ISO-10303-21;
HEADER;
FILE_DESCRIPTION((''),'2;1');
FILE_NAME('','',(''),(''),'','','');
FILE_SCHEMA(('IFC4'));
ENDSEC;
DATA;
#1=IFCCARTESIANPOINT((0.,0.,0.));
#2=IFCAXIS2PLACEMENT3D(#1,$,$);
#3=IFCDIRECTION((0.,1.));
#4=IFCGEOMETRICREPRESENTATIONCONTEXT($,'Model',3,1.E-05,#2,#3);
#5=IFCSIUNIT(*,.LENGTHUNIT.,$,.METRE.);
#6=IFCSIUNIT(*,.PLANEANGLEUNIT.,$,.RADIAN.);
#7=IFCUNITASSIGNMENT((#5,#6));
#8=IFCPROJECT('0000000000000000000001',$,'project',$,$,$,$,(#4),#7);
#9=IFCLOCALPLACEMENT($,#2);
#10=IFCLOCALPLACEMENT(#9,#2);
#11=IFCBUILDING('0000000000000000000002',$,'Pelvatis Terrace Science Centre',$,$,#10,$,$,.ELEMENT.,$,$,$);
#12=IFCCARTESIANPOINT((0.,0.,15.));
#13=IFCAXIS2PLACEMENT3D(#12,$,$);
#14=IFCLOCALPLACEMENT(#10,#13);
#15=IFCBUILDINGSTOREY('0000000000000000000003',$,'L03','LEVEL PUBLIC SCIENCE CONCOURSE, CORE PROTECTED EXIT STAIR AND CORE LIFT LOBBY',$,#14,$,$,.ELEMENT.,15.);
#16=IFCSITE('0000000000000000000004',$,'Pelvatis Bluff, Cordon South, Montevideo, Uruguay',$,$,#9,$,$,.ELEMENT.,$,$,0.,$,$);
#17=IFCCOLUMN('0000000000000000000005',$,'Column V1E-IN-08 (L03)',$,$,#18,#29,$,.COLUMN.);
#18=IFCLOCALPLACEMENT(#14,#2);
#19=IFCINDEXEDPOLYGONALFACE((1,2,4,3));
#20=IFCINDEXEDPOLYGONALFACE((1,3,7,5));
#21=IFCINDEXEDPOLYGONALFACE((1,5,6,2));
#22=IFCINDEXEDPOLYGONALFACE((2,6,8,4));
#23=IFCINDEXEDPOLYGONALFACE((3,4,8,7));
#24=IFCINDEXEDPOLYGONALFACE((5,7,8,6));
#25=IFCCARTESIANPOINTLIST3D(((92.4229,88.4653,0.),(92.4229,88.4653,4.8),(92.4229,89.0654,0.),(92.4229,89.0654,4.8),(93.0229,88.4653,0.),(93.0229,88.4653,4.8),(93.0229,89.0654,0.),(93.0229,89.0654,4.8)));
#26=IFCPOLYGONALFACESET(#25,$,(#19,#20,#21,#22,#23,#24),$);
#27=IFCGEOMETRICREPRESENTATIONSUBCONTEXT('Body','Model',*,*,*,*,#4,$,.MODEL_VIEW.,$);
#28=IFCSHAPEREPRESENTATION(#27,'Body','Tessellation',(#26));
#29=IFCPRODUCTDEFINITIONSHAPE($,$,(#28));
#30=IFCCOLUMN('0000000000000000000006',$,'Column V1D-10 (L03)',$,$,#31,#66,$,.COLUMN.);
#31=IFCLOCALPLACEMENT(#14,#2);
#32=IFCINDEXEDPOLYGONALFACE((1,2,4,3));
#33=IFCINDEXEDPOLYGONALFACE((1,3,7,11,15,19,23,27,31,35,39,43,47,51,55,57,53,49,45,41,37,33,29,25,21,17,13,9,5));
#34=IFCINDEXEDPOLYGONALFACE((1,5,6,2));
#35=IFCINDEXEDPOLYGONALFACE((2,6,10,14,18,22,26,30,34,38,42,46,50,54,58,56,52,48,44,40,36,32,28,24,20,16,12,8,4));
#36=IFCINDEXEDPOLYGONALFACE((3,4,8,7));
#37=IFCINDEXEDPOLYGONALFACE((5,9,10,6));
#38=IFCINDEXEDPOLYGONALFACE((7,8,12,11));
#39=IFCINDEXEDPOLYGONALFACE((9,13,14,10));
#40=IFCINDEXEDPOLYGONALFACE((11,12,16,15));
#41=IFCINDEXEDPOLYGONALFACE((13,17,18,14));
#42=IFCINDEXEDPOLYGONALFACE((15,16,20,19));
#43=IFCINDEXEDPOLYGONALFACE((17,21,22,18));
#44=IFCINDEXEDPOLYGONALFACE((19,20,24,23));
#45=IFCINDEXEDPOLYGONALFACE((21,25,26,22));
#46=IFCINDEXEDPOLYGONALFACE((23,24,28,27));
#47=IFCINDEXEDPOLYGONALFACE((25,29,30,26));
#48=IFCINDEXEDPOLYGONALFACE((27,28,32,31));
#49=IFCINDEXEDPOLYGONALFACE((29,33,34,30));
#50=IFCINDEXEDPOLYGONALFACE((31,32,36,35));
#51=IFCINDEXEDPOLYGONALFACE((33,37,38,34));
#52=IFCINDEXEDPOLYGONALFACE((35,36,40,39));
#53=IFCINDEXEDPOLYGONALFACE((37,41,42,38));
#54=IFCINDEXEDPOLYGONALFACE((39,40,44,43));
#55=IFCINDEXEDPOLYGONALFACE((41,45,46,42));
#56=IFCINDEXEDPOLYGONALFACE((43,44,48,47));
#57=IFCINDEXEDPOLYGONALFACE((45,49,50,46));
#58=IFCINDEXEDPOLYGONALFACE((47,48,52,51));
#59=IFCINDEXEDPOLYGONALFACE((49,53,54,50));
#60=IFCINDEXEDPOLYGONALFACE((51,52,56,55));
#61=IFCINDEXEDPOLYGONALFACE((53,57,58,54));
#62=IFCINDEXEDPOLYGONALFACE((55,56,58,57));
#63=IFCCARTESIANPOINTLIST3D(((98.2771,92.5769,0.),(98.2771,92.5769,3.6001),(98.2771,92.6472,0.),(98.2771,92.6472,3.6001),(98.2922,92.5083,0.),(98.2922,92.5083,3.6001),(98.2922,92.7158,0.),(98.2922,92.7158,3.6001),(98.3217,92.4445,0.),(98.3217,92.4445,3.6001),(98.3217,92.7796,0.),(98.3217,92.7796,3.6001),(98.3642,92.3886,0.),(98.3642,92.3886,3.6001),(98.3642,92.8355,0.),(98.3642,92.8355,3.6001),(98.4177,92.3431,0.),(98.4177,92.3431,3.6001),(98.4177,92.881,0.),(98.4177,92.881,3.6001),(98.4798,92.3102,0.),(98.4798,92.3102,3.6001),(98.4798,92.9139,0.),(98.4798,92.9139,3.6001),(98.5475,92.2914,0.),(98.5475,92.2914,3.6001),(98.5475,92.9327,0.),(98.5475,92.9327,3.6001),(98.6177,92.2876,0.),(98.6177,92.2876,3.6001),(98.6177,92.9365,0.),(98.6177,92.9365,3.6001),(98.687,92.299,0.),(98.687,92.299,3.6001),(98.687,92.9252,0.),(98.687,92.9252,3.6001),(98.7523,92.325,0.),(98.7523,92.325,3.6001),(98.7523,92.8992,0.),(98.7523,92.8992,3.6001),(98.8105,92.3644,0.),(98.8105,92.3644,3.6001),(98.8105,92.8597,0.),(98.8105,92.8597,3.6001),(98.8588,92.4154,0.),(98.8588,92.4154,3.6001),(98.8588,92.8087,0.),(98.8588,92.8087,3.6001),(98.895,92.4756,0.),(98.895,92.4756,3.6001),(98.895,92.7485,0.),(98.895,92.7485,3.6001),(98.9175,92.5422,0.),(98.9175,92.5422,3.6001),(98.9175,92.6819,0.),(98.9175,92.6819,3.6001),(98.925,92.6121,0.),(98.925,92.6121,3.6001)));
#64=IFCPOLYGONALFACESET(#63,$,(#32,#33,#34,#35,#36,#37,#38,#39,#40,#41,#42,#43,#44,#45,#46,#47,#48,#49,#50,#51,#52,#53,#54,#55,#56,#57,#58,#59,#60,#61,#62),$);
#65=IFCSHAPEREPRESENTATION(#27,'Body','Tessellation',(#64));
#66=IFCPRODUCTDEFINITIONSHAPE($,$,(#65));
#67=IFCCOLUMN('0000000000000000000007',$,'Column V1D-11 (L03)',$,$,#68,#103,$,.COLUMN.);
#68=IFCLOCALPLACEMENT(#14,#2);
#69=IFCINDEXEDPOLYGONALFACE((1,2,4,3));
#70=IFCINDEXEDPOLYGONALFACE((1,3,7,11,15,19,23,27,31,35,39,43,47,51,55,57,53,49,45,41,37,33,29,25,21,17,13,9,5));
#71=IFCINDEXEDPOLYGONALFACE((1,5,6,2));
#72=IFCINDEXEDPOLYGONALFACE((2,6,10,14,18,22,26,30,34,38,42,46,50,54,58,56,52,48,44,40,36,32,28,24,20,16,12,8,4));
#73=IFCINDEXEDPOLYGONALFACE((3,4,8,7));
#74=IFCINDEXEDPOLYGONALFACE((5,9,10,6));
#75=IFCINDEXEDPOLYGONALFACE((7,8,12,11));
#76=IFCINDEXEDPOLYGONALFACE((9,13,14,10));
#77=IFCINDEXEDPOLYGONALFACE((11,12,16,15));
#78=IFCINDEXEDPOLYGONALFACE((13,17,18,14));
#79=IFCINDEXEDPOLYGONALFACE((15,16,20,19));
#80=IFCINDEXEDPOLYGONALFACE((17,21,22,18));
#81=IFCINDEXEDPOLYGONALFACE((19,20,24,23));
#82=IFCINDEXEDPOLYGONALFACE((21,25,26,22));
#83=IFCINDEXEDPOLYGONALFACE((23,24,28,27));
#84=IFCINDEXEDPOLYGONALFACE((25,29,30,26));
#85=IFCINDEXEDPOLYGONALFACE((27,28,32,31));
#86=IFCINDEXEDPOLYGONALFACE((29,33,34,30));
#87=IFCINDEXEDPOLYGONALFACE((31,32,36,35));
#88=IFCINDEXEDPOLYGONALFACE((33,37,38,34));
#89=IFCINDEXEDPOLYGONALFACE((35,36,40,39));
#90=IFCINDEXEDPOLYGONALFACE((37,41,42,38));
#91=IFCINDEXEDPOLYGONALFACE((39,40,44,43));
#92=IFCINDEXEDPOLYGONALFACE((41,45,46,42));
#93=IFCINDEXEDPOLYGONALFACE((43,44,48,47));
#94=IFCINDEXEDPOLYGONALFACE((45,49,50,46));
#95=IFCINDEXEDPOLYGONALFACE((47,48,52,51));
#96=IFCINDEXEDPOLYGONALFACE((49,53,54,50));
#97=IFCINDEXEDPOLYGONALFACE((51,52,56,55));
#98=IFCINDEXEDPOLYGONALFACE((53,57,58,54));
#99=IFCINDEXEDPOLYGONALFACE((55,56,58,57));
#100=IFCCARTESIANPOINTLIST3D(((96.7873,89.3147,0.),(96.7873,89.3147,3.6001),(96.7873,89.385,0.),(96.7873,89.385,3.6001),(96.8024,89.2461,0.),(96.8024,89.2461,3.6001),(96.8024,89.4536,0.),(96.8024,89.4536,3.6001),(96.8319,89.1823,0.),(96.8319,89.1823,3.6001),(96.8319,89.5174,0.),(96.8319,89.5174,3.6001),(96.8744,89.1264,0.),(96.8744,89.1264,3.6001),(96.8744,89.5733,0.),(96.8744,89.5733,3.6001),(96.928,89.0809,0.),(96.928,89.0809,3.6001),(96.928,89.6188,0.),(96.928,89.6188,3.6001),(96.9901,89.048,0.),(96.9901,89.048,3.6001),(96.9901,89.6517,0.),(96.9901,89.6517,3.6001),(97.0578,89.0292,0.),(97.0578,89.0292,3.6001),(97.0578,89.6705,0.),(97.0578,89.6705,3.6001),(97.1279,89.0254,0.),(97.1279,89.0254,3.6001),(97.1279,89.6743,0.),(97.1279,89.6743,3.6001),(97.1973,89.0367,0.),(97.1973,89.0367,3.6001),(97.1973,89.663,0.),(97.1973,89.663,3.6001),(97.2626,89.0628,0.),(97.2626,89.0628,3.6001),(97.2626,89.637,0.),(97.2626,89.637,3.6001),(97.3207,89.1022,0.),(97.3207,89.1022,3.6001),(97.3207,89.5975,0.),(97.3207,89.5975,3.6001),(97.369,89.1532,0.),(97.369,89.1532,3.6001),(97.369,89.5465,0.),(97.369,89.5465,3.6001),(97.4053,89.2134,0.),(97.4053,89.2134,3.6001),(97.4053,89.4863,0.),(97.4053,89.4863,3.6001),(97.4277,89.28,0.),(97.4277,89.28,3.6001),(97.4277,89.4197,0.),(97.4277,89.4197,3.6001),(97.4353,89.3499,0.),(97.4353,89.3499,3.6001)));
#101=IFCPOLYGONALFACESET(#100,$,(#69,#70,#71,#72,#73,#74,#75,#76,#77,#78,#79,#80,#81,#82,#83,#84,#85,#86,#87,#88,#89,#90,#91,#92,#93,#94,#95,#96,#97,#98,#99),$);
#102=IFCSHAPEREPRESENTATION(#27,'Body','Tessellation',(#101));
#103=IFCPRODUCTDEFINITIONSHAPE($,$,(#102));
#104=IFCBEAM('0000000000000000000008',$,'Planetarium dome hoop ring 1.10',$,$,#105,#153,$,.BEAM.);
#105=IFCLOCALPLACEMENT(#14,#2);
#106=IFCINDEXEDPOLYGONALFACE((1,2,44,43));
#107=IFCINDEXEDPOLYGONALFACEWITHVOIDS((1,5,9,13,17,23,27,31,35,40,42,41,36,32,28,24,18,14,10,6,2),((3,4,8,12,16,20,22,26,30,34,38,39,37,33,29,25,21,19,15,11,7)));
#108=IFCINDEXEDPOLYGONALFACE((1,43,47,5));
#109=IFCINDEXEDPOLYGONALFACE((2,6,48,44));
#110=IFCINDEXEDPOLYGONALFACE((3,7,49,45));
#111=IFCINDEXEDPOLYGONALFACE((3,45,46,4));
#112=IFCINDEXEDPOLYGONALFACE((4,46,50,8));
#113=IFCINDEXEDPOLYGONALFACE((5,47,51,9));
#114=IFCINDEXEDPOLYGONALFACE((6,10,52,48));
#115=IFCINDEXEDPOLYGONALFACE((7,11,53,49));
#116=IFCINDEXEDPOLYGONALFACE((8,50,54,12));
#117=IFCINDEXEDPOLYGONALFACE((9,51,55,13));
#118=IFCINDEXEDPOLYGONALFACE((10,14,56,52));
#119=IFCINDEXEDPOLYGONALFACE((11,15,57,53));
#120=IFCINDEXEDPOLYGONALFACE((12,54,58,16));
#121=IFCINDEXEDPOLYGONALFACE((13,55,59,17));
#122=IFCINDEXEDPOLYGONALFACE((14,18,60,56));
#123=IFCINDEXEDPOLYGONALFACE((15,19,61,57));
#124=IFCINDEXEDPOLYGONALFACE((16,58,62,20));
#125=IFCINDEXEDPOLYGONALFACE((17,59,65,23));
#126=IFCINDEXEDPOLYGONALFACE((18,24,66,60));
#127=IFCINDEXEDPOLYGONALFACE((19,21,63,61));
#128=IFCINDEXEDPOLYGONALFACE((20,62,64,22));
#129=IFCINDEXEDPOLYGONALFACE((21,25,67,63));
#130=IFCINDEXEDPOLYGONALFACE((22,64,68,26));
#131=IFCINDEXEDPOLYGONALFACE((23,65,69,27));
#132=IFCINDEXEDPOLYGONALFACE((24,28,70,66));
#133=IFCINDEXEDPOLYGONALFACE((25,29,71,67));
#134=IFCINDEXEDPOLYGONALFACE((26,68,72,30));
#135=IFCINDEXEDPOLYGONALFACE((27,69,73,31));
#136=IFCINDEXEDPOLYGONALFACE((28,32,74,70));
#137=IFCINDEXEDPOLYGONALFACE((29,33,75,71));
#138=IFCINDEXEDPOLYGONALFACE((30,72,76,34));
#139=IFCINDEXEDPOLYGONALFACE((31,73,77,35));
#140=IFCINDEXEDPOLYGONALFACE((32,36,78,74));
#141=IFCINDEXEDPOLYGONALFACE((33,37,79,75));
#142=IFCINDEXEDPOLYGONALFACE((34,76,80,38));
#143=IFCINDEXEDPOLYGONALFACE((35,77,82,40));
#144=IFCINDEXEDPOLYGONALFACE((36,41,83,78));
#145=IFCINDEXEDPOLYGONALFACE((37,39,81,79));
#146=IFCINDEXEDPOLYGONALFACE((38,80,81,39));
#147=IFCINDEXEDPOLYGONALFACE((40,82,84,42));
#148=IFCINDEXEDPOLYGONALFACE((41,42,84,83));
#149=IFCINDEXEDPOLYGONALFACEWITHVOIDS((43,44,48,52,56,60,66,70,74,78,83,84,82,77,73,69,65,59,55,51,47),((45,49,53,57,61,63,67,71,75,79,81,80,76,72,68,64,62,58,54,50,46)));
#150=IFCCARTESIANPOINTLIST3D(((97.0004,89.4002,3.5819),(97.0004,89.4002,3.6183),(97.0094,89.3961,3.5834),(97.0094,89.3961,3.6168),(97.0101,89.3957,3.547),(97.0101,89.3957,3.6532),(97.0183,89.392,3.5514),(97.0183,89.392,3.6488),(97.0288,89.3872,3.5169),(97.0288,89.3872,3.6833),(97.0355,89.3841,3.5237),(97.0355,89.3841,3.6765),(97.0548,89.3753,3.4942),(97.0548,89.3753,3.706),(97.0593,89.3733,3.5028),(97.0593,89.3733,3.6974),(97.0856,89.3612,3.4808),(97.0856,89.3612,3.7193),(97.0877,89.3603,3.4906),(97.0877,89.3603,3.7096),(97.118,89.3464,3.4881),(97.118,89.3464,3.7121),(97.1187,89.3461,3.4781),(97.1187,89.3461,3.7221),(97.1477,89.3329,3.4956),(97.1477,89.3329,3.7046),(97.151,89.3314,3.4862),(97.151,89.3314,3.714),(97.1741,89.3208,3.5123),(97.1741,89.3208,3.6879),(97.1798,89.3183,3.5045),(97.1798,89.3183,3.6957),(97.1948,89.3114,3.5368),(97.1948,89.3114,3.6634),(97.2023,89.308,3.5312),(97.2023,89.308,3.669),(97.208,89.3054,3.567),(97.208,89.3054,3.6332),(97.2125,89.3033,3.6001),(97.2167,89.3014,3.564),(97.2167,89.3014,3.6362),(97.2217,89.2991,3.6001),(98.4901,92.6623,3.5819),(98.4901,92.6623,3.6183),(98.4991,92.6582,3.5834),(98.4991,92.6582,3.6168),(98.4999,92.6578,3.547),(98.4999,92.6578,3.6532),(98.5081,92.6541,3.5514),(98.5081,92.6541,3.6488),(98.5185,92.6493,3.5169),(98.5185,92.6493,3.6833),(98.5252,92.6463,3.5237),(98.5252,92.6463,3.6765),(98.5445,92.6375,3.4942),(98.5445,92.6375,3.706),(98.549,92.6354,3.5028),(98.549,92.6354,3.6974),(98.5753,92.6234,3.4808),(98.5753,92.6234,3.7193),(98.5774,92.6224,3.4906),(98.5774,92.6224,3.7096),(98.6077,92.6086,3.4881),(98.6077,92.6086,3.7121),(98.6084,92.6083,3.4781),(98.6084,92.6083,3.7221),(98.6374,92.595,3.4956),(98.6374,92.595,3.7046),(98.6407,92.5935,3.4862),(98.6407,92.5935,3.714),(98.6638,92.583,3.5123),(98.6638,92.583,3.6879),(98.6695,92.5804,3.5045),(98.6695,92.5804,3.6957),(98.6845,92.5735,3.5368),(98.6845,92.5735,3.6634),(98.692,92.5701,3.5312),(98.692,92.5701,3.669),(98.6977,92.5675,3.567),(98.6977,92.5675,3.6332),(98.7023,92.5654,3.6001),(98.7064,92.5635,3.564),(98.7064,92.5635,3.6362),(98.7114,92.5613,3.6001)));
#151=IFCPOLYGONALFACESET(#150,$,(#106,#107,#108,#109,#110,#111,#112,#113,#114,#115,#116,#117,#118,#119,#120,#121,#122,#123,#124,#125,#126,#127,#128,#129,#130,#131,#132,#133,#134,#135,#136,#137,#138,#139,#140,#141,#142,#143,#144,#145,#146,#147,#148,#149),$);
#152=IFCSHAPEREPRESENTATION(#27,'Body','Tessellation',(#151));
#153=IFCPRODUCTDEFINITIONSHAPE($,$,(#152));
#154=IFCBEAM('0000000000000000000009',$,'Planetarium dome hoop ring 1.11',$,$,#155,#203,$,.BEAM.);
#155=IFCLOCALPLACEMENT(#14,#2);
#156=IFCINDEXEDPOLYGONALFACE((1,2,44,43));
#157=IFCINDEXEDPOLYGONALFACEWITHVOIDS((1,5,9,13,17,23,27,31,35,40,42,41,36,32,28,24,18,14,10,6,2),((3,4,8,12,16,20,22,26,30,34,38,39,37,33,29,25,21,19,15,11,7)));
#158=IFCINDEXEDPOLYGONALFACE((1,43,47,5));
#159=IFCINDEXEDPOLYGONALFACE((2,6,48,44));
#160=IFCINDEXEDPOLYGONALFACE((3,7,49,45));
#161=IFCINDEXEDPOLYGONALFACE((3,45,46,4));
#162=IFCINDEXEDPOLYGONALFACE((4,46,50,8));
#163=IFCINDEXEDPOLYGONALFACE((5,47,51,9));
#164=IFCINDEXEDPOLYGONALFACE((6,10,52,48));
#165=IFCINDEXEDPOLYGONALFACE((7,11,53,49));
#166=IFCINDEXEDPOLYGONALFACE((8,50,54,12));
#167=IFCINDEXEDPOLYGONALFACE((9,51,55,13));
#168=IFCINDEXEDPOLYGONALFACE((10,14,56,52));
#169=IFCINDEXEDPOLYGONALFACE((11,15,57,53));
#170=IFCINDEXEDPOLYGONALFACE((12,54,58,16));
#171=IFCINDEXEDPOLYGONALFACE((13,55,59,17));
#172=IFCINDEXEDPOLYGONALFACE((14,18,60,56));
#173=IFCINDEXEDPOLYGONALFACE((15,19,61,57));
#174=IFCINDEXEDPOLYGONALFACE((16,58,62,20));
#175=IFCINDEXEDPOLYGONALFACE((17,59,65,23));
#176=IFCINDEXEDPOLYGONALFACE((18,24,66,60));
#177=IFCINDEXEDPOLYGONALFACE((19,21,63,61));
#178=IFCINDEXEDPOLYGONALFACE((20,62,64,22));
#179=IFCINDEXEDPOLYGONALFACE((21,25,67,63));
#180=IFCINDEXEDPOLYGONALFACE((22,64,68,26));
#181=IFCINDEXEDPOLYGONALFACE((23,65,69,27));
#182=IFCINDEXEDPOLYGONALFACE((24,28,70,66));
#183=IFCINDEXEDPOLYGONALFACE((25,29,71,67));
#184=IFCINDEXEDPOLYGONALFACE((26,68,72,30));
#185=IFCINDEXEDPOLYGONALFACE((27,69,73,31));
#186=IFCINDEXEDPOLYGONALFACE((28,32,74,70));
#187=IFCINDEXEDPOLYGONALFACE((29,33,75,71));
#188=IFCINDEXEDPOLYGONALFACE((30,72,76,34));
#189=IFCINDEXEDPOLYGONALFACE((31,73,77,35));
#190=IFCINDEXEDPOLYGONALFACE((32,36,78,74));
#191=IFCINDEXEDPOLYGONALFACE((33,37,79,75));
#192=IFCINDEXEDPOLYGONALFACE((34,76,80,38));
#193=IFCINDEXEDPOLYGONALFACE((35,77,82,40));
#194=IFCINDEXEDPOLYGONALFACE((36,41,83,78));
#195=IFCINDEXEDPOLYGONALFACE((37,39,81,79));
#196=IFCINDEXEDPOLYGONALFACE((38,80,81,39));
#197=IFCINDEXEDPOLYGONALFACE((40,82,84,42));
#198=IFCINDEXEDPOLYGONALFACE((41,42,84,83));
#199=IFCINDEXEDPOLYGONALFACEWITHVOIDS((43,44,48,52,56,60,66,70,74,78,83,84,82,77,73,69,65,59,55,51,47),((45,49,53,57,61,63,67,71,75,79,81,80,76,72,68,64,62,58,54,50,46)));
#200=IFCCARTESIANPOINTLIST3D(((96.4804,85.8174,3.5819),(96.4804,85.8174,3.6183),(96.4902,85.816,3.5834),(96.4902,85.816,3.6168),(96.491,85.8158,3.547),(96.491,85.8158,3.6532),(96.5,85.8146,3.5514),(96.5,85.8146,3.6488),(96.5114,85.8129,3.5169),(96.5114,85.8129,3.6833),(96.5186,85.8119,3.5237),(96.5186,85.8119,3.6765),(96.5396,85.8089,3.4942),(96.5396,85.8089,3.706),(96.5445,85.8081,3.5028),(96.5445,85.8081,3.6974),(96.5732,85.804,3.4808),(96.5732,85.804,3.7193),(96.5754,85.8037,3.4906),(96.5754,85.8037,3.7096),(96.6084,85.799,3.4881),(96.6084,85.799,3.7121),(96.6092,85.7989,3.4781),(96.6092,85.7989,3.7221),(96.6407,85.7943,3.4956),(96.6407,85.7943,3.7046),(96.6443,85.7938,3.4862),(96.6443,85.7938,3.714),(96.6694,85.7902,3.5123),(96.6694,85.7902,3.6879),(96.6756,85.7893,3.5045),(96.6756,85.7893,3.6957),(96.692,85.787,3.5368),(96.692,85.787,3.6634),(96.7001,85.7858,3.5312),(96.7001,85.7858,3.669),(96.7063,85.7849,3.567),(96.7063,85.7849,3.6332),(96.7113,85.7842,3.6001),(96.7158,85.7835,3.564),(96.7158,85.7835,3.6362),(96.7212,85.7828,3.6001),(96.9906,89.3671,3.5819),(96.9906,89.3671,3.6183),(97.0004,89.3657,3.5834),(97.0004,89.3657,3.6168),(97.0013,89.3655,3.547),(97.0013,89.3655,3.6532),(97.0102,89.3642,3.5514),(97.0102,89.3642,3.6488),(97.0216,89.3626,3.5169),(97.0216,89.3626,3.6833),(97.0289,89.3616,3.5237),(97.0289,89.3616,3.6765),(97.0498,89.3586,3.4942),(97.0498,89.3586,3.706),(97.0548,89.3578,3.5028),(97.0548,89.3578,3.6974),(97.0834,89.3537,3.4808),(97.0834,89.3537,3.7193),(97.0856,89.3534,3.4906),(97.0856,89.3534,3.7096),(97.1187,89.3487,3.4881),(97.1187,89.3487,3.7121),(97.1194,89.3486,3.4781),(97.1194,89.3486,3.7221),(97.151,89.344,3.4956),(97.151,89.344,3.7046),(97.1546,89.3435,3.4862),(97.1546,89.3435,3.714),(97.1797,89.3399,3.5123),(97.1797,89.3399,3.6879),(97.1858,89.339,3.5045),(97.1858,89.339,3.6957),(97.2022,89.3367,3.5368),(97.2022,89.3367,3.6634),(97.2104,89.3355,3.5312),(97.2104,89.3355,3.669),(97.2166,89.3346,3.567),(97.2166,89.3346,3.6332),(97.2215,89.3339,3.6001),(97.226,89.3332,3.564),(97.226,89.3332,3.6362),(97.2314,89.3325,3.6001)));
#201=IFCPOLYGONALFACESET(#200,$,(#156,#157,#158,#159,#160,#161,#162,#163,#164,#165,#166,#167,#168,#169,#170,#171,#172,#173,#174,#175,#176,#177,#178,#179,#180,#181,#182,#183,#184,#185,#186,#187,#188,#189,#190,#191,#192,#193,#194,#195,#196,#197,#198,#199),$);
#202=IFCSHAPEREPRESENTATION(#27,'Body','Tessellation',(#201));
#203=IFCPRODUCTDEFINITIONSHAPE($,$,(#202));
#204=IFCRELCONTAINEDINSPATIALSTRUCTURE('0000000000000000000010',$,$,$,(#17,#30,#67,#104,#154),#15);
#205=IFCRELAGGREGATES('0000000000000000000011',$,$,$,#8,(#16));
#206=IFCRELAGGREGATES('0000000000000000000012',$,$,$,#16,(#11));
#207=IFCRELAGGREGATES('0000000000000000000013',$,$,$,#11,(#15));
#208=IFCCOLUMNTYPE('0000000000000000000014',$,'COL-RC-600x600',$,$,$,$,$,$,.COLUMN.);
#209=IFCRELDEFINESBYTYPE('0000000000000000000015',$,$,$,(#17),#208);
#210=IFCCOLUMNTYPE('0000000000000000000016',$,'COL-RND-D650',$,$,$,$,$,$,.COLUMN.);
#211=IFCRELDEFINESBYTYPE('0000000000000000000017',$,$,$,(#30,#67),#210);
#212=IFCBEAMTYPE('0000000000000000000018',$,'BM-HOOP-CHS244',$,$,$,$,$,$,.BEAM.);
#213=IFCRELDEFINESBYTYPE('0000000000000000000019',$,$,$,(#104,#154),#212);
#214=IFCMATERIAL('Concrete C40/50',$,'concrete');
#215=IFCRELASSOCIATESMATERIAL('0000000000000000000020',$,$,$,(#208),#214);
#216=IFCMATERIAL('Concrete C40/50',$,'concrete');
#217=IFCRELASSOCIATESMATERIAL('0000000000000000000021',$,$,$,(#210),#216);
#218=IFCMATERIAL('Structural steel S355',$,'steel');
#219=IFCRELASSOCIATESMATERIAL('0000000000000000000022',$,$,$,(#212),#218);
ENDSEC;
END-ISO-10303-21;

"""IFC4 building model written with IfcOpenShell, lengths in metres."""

from ifc_helpers import new_model, si_unit, direction, frame, origin, origin_2d, place, context, subcontext, project, spatial, rectangle, circle, hollow_circle, extrude, material, material_profile, profile_set, type_object, element, save


model = new_model("IFC4")

# Units and contexts
model_context = context("Model", 3, precision=1e-05, world=origin(), true_north=direction((0.0, 1.0)))
body_context = subcontext(model_context, "Body", "Model", "MODEL_VIEW")
ifc_project = project(units=[si_unit("LENGTHUNIT", "METRE"), si_unit("PLANEANGLEUNIT", "RADIAN")], contexts=[model_context])

# Site, building, storey
site_placement = place(None, origin())
site = spatial("IfcSite", under=ifc_project, at=site_placement, Name="Pelvatis Bluff, Cordon South, Montevideo, Uruguay", CompositionType="ELEMENT", RefElevation=0.0)
building_placement = place(site_placement, origin())
building = spatial("IfcBuilding", under=site, at=building_placement, Name="Pelvatis Terrace Science Centre", CompositionType="ELEMENT")
storey_placement = place(building_placement, frame((0.0, 0.0, 15.0)))
storey = spatial("IfcBuildingStorey", under=building, at=storey_placement, Name="L03", Description="LEVEL PUBLIC SCIENCE CONCOURSE, CORE PROTECTED EXIT STAIR AND CORE LIFT LOBBY", CompositionType="ELEMENT", Elevation=15.0)

# Columns
ifc_material_1 = material(Name="Concrete C40/50", Category="concrete")
ifc_material_profile_1 = material_profile(ifc_material_1, rectangle(XDim=0.6001, YDim=0.6001, at=origin_2d()), Name="RC-COL 600x600")
ifc_profile_set_1 = profile_set([ifc_material_profile_1], Name="Concrete C40/50")
column_type_1 = type_object("IfcColumnType", Name="COL-RC-600x600", PredefinedType="COLUMN", material=ifc_profile_set_1)
column_placement = place(storey_placement, frame((92.7229, 88.7654, 0.0), z_axis=(0.0, 0.0, 1.0), x_axis=(1.0, 0.0, 0.0)))
element("IfcColumn", 1, at=column_placement, inside=storey, type_object=column_type_1, Name="Column V1E-IN-08 (L03)", PredefinedType="COLUMN", context=body_context, shape_type="SweptSolid", body=[
    extrude(rectangle(XDim=0.6001, YDim=0.6001, at=origin_2d()), origin(), (0.0, 0.0, 1.0), 4.8),
])
ifc_material_2 = material(Name="Concrete C40/50", Category="concrete")
ifc_material_profile_2 = material_profile(ifc_material_2, circle(Radius=0.325, at=origin_2d()), Name="RC-RCOL D650")
ifc_profile_set_2 = profile_set([ifc_material_profile_2], Name="Concrete C40/50")
column_type_2 = type_object("IfcColumnType", Name="COL-RND-D650", PredefinedType="COLUMN", material=ifc_profile_set_2)
for number, where, z_axis, x_axis, name in (
    (2, (98.6001, 92.6121, 0.0), (0.0, 0.0, 1.0), (1.0, 0.0, 0.0), "Column V1D-10 (L03)"),
    (3, (97.1104, 89.3499, 0.0), (0.0, 0.0, 1.0), (1.0, 0.0, 0.0), "Column V1D-11 (L03)"),
):
    element("IfcColumn", number, at=place(storey_placement, frame(where, z_axis=z_axis, x_axis=x_axis)), inside=storey, type_object=column_type_2, Name=name, PredefinedType="COLUMN", context=body_context, shape_type="SweptSolid", body=[
        extrude(circle(Radius=0.325, at=origin_2d()), origin(), (0.0, 0.0, 1.0), 3.6001),
    ])

# Beams
ifc_material_3 = material(Name="Structural steel S355", Category="steel")
ifc_material_profile_3 = material_profile(ifc_material_3, hollow_circle(Radius=0.1223, WallThickness=0.01, at=origin_2d()), Name="CHS 244.5x10.0")
ifc_profile_set_3 = profile_set([ifc_material_profile_3], Name="Structural steel S355")
beam_type_1 = type_object("IfcBeamType", Name="BM-HOOP-CHS244", PredefinedType="BEAM", material=ifc_profile_set_3)
for number, where, z_axis, x_axis, name in (
    (4, (98.6001, 92.6121, 3.6001), (-0.415403, -0.909638, 0.0), (0.909638, -0.415403, 0.0), "Planetarium dome hoop ring 1.10"),
    (5, (97.1104, 89.3499, 3.6001), (-0.142279, -0.989827, 0.0), (0.989827, -0.142279, 0.0), "Planetarium dome hoop ring 1.11"),
):
    element("IfcBeam", number, at=place(storey_placement, frame(where, z_axis=z_axis, x_axis=x_axis)), inside=storey, type_object=beam_type_1, Name=name, PredefinedType="BEAM", context=body_context, shape_type="SweptSolid", body=[
        extrude(hollow_circle(Radius=0.1223, WallThickness=0.01, at=origin_2d()), origin(), (0.0, 0.0, 1.0), 3.5862),
    ])

save(model, "model.ifc")
